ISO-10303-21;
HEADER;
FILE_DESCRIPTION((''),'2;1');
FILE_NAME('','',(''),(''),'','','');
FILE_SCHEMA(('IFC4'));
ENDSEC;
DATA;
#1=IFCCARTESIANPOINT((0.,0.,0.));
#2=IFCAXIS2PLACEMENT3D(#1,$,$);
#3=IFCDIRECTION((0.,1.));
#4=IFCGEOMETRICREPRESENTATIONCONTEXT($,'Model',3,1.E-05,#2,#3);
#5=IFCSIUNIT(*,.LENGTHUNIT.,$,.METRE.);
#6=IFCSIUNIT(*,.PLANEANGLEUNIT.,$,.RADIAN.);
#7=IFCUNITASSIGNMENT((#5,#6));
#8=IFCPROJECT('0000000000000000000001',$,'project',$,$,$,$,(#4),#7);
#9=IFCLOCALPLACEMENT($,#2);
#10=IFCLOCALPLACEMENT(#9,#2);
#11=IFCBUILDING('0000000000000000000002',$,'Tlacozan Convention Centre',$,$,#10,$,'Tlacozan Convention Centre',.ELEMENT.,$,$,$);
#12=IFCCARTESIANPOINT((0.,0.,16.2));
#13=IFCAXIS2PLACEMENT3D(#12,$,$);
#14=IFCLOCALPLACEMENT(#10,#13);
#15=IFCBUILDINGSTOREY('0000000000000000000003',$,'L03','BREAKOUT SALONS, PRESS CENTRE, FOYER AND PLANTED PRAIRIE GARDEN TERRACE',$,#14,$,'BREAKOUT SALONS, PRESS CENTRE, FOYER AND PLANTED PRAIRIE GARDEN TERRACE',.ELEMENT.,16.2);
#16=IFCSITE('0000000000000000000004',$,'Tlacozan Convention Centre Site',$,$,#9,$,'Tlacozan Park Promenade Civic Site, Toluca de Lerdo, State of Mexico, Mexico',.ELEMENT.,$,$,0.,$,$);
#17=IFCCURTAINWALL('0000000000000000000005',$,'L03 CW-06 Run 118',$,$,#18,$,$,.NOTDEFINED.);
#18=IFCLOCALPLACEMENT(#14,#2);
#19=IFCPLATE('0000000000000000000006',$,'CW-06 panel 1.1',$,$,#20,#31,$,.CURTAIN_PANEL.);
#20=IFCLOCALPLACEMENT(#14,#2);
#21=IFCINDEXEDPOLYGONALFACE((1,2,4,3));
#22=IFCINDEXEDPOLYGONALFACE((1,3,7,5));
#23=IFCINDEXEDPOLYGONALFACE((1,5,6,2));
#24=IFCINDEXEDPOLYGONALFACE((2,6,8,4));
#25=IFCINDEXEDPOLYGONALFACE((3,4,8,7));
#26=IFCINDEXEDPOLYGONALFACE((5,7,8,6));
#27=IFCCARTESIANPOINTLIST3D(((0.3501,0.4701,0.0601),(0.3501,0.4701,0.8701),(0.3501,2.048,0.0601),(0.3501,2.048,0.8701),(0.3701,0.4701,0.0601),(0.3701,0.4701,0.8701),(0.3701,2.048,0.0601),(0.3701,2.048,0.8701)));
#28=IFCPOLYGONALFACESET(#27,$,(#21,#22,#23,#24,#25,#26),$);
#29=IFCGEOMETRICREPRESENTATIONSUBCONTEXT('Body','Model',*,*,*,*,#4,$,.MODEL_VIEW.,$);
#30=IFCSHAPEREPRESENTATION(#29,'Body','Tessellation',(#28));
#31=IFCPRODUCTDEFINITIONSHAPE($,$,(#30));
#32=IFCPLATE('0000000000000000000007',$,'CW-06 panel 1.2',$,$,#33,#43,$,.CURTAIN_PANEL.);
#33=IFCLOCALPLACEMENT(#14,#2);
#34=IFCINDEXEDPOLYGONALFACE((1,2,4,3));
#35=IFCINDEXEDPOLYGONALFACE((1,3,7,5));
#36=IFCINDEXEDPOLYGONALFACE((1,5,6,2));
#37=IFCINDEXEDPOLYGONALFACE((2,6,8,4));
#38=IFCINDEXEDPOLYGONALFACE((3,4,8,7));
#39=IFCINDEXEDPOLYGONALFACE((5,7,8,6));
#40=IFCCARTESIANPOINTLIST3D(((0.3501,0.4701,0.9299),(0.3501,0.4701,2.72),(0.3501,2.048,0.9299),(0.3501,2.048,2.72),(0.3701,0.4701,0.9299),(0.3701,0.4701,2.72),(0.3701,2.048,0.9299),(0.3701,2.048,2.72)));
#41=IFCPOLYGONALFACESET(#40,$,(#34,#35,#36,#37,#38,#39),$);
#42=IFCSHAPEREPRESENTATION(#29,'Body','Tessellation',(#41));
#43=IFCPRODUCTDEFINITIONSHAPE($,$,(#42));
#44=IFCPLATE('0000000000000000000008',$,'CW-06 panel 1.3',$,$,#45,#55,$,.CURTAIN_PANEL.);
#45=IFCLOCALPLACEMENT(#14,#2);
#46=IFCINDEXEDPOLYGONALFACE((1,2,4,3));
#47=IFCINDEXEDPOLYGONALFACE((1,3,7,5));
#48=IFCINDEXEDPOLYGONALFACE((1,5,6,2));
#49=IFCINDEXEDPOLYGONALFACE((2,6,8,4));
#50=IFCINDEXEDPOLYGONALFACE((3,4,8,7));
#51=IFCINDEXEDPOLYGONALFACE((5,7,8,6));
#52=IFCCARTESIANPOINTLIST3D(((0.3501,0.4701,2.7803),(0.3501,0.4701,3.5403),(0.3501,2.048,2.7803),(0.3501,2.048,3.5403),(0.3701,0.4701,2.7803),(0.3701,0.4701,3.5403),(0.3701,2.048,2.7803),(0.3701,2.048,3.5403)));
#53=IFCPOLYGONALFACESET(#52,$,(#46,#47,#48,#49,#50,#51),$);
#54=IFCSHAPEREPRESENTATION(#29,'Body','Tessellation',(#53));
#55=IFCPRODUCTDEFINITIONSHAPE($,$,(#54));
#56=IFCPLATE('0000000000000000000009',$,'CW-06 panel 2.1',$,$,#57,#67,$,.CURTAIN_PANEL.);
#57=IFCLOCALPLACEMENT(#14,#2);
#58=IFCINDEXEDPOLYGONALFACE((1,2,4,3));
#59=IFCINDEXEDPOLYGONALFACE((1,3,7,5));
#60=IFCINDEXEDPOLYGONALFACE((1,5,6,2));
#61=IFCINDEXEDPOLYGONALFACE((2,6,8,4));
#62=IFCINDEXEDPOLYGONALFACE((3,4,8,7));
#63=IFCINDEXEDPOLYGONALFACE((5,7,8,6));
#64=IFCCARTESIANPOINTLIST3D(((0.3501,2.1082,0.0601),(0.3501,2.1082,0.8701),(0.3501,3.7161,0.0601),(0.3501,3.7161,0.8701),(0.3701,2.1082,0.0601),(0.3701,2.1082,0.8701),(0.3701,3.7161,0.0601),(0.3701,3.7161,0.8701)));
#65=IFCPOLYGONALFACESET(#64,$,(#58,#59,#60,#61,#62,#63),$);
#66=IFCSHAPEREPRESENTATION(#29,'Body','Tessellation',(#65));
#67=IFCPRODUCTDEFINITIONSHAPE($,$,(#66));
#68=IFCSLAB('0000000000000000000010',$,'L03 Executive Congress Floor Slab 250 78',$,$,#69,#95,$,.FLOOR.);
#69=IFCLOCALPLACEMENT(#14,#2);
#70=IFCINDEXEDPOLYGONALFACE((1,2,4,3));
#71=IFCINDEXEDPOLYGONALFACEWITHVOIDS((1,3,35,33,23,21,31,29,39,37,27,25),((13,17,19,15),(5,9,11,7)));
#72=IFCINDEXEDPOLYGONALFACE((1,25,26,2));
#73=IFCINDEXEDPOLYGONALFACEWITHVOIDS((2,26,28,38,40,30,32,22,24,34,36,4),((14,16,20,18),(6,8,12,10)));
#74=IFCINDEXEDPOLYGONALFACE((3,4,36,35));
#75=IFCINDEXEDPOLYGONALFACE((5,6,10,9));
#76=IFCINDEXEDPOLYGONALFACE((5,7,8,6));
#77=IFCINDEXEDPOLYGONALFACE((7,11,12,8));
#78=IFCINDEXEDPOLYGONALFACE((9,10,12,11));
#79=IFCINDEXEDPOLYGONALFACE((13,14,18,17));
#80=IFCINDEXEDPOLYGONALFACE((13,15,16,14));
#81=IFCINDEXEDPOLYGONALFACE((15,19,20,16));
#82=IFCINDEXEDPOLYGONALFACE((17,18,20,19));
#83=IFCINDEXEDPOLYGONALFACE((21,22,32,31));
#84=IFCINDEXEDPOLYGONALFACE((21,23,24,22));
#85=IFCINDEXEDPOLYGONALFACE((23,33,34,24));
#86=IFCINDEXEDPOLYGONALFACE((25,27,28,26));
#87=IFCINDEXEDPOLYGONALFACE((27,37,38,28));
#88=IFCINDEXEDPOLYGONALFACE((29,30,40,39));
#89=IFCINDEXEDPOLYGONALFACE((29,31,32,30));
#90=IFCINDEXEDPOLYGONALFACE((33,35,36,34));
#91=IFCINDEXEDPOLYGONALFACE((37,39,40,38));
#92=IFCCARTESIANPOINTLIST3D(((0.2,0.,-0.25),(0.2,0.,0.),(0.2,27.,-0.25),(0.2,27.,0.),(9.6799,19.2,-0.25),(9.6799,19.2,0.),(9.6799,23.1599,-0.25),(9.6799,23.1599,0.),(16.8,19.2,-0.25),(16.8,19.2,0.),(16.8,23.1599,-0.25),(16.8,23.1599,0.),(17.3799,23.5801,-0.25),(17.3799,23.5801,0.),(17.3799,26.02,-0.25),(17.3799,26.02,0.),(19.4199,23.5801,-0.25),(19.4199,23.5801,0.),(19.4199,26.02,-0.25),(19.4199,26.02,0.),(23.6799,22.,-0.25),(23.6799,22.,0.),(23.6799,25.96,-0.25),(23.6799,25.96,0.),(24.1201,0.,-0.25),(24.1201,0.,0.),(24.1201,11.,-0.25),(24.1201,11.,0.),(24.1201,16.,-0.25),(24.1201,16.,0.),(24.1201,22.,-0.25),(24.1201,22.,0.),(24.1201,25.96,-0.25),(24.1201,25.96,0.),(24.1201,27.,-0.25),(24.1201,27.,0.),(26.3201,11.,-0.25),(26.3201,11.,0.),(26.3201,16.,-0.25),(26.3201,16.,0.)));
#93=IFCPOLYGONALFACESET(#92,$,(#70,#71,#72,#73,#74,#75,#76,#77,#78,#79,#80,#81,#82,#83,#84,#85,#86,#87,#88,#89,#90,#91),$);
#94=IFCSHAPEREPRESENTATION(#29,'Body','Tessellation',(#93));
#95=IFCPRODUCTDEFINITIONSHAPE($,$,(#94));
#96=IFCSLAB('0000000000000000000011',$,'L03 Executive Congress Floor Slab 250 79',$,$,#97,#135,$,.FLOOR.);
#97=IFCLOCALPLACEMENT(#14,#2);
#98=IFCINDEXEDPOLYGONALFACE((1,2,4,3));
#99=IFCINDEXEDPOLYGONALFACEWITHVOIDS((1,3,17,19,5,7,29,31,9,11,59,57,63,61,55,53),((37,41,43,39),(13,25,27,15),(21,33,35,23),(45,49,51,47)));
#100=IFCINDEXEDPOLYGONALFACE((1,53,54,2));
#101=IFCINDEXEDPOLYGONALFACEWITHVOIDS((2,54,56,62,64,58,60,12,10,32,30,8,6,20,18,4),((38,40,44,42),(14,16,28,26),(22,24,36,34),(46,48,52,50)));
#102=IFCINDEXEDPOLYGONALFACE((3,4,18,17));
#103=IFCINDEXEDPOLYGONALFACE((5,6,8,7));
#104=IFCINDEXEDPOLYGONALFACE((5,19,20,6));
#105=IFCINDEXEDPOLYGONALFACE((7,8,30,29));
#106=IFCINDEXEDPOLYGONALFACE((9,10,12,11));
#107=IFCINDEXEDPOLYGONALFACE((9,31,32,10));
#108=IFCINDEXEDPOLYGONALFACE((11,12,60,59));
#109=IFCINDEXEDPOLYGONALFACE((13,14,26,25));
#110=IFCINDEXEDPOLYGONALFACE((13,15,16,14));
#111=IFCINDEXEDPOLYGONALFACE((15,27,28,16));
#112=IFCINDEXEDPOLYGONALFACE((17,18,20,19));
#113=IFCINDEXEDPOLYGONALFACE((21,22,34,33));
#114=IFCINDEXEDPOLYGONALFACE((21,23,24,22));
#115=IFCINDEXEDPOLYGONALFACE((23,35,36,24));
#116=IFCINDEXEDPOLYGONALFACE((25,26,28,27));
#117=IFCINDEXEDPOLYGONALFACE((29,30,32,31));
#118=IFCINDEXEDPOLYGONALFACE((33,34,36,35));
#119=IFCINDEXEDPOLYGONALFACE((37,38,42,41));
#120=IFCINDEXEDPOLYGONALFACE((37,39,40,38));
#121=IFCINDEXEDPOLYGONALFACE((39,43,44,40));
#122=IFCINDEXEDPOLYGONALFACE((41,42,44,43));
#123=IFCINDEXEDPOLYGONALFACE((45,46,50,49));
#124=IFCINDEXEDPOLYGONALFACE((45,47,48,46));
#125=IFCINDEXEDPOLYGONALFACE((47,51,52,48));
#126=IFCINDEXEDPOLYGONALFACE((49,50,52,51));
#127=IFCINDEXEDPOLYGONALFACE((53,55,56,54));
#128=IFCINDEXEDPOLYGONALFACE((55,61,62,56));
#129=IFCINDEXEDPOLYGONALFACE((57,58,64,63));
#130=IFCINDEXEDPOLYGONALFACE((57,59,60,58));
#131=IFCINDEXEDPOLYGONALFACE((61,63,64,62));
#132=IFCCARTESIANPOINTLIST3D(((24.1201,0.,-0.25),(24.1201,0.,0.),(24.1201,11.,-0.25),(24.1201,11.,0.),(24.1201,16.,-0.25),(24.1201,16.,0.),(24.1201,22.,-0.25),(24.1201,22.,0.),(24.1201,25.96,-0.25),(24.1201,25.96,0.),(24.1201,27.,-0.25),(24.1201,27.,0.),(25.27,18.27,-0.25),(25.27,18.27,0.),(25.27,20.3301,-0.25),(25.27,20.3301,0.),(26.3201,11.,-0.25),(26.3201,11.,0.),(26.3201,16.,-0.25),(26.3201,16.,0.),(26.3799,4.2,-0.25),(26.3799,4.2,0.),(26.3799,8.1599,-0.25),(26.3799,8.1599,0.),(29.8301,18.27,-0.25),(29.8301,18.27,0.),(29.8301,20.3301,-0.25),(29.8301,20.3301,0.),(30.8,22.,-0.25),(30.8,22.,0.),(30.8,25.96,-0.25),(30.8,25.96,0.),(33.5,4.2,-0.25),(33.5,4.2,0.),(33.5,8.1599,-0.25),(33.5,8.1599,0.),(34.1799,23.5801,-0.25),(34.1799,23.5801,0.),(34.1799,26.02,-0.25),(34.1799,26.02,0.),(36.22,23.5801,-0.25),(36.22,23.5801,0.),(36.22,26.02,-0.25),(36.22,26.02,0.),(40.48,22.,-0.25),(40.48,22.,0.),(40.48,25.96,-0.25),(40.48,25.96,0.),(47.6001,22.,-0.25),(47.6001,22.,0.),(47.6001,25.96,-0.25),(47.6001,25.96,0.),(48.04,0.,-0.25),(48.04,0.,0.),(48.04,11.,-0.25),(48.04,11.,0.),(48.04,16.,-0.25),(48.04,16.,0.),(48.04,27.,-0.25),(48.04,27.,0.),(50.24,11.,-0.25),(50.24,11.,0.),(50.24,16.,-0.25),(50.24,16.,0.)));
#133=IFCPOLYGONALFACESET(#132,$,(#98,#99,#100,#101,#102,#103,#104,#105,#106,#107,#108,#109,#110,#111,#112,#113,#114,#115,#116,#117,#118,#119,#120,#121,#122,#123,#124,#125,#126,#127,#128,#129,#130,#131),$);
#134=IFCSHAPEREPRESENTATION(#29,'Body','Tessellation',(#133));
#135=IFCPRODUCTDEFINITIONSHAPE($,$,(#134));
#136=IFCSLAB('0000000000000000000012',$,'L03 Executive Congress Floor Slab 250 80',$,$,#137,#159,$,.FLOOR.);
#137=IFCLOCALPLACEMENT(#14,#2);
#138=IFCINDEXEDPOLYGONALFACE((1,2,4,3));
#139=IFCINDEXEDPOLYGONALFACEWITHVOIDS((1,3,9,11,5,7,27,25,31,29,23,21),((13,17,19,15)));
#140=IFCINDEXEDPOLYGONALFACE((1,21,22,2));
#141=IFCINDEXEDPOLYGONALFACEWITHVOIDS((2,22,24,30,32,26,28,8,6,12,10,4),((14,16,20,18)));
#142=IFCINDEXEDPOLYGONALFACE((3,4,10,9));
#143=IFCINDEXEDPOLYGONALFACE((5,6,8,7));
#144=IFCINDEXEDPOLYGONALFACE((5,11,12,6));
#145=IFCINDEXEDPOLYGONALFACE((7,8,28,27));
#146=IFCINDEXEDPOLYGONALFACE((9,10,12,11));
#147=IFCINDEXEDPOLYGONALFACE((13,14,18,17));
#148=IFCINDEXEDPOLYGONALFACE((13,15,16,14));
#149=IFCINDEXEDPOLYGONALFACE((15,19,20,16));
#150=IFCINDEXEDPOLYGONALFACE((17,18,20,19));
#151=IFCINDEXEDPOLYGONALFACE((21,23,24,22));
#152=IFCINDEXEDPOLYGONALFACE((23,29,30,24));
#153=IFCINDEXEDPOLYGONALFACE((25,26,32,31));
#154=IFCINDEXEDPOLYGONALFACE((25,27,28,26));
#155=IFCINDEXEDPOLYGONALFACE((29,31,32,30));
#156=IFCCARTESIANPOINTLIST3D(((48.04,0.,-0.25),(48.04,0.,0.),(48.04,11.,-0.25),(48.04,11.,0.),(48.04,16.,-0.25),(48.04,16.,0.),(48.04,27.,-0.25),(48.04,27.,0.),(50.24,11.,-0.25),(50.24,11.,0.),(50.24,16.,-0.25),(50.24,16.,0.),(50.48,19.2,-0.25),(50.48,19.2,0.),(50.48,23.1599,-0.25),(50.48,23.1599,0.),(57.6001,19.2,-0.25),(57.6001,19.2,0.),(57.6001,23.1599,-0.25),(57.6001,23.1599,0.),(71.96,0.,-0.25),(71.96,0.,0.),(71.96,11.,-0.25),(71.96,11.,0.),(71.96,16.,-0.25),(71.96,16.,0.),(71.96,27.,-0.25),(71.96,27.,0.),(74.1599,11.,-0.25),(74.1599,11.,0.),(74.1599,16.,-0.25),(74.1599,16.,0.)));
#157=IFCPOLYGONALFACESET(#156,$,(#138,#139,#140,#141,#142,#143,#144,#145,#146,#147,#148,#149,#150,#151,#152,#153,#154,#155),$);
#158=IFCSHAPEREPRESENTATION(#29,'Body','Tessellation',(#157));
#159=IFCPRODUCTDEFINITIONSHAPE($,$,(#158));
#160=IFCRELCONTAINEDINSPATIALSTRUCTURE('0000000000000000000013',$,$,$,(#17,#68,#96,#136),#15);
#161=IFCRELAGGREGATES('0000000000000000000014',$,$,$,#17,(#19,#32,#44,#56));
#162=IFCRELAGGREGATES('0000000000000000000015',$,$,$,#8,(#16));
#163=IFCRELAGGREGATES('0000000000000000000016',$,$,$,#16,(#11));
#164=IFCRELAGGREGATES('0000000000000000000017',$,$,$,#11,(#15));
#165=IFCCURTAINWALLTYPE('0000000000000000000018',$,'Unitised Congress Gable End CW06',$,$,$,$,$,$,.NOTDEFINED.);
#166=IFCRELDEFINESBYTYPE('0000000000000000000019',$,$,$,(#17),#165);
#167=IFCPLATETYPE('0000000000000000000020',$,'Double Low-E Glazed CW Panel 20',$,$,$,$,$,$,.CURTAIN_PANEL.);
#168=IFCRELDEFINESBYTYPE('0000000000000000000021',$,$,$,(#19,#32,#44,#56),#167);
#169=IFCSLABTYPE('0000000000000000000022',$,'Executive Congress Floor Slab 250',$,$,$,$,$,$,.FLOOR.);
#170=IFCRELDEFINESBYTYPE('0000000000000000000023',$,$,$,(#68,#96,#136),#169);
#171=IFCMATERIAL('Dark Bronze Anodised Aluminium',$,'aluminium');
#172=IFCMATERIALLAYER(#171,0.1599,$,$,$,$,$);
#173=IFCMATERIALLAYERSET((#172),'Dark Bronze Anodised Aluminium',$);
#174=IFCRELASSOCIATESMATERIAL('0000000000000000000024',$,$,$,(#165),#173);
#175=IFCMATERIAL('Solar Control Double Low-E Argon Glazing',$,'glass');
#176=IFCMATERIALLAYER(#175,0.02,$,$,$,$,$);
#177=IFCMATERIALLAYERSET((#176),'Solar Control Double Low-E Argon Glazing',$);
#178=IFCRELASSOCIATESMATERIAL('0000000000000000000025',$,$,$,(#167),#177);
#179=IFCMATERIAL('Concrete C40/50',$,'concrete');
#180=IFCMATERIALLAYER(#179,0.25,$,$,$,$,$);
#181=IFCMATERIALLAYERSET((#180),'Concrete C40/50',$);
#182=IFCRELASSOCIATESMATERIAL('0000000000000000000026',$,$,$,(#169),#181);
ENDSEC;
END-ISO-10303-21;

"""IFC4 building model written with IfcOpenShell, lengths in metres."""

from ifc_helpers import new_model, si_unit, direction, frame, origin, origin_2d, place, context, subcontext, project, spatial, polyline, rectangle, outline, extrude, material, layer, layer_set, type_object, element, aggregate, save


model = new_model("IFC4")

# Units and contexts
model_context = context("Model", 3, precision=1e-05, world=origin(), true_north=direction((0.0, 1.0)))
body_context = subcontext(model_context, "Body", "Model", "MODEL_VIEW")
ifc_project = project(units=[si_unit("LENGTHUNIT", "METRE"), si_unit("PLANEANGLEUNIT", "RADIAN")], contexts=[model_context])

# Site, building, storey
site_placement = place(None, origin())
site = spatial("IfcSite", under=ifc_project, at=site_placement, Name="Tlacozan Convention Centre Site", LongName="Tlacozan Park Promenade Civic Site, Toluca de Lerdo, State of Mexico, Mexico", CompositionType="ELEMENT", RefElevation=0.0)
building_placement = place(site_placement, origin())
building = spatial("IfcBuilding", under=site, at=building_placement, Name="Tlacozan Convention Centre", LongName="Tlacozan Convention Centre", CompositionType="ELEMENT")
storey_placement = place(building_placement, frame((0.0, 0.0, 16.2)))
storey = spatial("IfcBuildingStorey", under=building, at=storey_placement, Name="L03", Description="BREAKOUT SALONS, PRESS CENTRE, FOYER AND PLANTED PRAIRIE GARDEN TERRACE", LongName="BREAKOUT SALONS, PRESS CENTRE, FOYER AND PLANTED PRAIRIE GARDEN TERRACE", CompositionType="ELEMENT", Elevation=16.2)

# Curtain wall
ifc_material_1 = material(Name="Dark Bronze Anodised Aluminium", Category="aluminium")
ifc_layer_1 = layer(ifc_material_1, 0.1599)
ifc_layer_set_1 = layer_set([ifc_layer_1], Name="Dark Bronze Anodised Aluminium")
curtain_wall_type = type_object("IfcCurtainWallType", Name="Unitised Congress Gable End CW06", PredefinedType="NOTDEFINED", material=ifc_layer_set_1)
curtain_wall_placement = place(storey_placement, origin())
curtain_wall = element("IfcCurtainWall", 1, at=curtain_wall_placement, inside=storey, type_object=curtain_wall_type, Name="L03 CW-06 Run 118", PredefinedType="NOTDEFINED")

# Plates
ifc_material_2 = material(Name="Solar Control Double Low-E Argon Glazing", Category="glass")
ifc_layer_2 = layer(ifc_material_2, 0.02)
ifc_layer_set_2 = layer_set([ifc_layer_2], Name="Solar Control Double Low-E Argon Glazing")
plate_type = type_object("IfcPlateType", Name="Double Low-E Glazed CW Panel 20", PredefinedType="CURTAIN_PANEL", material=ifc_layer_set_2)
plate_1_placement = place(storey_placement, frame((0.3601, 1.259, 0.0601), z_axis=(0.0, 0.0, 1.0), x_axis=(0.0, 1.0, 0.0)))
plate_1 = element("IfcPlate", 2, at=plate_1_placement, type_object=plate_type, Name="CW-06 panel 1.1", PredefinedType="CURTAIN_PANEL", context=body_context, shape_type="SweptSolid", body=[
    extrude(rectangle(XDim=1.5779, YDim=0.02, at=origin_2d()), origin(), (0.0, 0.0, 1.0), 0.8101),
])
plate_2_placement = place(storey_placement, frame((0.3601, 1.259, 0.9299), z_axis=(0.0, 0.0, 1.0), x_axis=(0.0, 1.0, 0.0)))
plate_2 = element("IfcPlate", 3, at=plate_2_placement, type_object=plate_type, Name="CW-06 panel 1.2", PredefinedType="CURTAIN_PANEL", context=body_context, shape_type="SweptSolid", body=[
    extrude(rectangle(XDim=1.5779, YDim=0.02, at=origin_2d()), origin(), (0.0, 0.0, 1.0), 1.79),
])
plate_3_placement = place(storey_placement, frame((0.3601, 1.259, 2.7803), z_axis=(0.0, 0.0, 1.0), x_axis=(0.0, 1.0, 0.0)))
plate_3 = element("IfcPlate", 4, at=plate_3_placement, type_object=plate_type, Name="CW-06 panel 1.3", PredefinedType="CURTAIN_PANEL", context=body_context, shape_type="SweptSolid", body=[
    extrude(rectangle(XDim=1.5779, YDim=0.02, at=origin_2d()), origin(), (0.0, 0.0, 1.0), 0.76),
])
plate_4_placement = place(storey_placement, frame((0.3601, 2.9121, 0.0601), z_axis=(0.0, 0.0, 1.0), x_axis=(0.0, 1.0, 0.0)))
plate_4 = element("IfcPlate", 5, at=plate_4_placement, type_object=plate_type, Name="CW-06 panel 2.1", PredefinedType="CURTAIN_PANEL", context=body_context, shape_type="SweptSolid", body=[
    extrude(rectangle(XDim=1.6079, YDim=0.02, at=origin_2d()), origin(), (0.0, 0.0, 1.0), 0.8101),
])
aggregate(curtain_wall, [plate_1, plate_2, plate_3, plate_4])

# Slabs
ifc_material_3 = material(Name="Concrete C40/50", Category="concrete")
ifc_layer_3 = layer(ifc_material_3, 0.25)
ifc_layer_set_3 = layer_set([ifc_layer_3], Name="Concrete C40/50")
slab_type_1 = type_object("IfcSlabType", Name="Executive Congress Floor Slab 250", PredefinedType="FLOOR", material=ifc_layer_set_3)
slab_1_placement = place(storey_placement, frame((0.0, 0.0, -0.25)))
element("IfcSlab", 6, at=slab_1_placement, inside=storey, type_object=slab_type_1, Name="L03 Executive Congress Floor Slab 250 78", PredefinedType="FLOOR", context=body_context, shape_type="SweptSolid", body=[
    extrude(outline(polyline([(0.2, 0.0), (0.2, 27.0), (24.1201, 27.0), (24.1201, 25.96), (23.6799, 25.96), (23.6799, 22.0), (24.1201, 22.0), (24.1201, 16.0), (26.3201, 16.0), (26.3201, 11.0), (24.1201, 11.0), (24.1201, 0.0), (0.2, 0.0)]), holes=[polyline([(16.8, 19.2), (16.8, 23.1599), (9.6799, 23.1599), (9.6799, 19.2), (16.8, 19.2)]), polyline([(19.4199, 26.02), (17.3799, 26.02), (17.3799, 23.5801), (19.4199, 23.5801), (19.4199, 26.02)])]), origin(), (0.0, 0.0, 1.0), 0.25),
])
slab_2_placement = place(storey_placement, frame((0.0, 0.0, -0.25)))
element("IfcSlab", 7, at=slab_2_placement, inside=storey, type_object=slab_type_1, Name="L03 Executive Congress Floor Slab 250 79", PredefinedType="FLOOR", context=body_context, shape_type="SweptSolid", body=[
    extrude(outline(polyline([(24.1201, 11.0), (26.3201, 11.0), (26.3201, 16.0), (24.1201, 16.0), (24.1201, 22.0), (30.8, 22.0), (30.8, 25.96), (24.1201, 25.96), (24.1201, 27.0), (48.04, 27.0), (48.04, 16.0), (50.24, 16.0), (50.24, 11.0), (48.04, 11.0), (48.04, 0.0), (24.1201, 0.0), (24.1201, 11.0)]), holes=[polyline([(33.5, 4.2), (33.5, 8.1599), (26.3799, 8.1599), (26.3799, 4.2), (33.5, 4.2)]), polyline([(29.8301, 20.3301), (25.27, 20.3301), (25.27, 18.27), (29.8301, 18.27), (29.8301, 20.3301)]), polyline([(47.6001, 22.0), (47.6001, 25.96), (40.48, 25.96), (40.48, 22.0), (47.6001, 22.0)]), polyline([(36.22, 26.02), (34.1799, 26.02), (34.1799, 23.5801), (36.22, 23.5801), (36.22, 26.02)])]), origin(), (0.0, 0.0, 1.0), 0.25),
])
slab_3_placement = place(storey_placement, frame((0.0, 0.0, -0.25)))
element("IfcSlab", 8, at=slab_3_placement, inside=storey, type_object=slab_type_1, Name="L03 Executive Congress Floor Slab 250 80", PredefinedType="FLOOR", context=body_context, shape_type="SweptSolid", body=[
    extrude(outline(polyline([(48.04, 11.0), (50.24, 11.0), (50.24, 16.0), (48.04, 16.0), (48.04, 27.0), (71.96, 27.0), (71.96, 16.0), (74.1599, 16.0), (74.1599, 11.0), (71.96, 11.0), (71.96, 0.0), (48.04, 0.0), (48.04, 11.0)]), holes=[polyline([(57.6001, 19.2), (57.6001, 23.1599), (50.48, 23.1599), (50.48, 19.2), (57.6001, 19.2)])]), origin(), (0.0, 0.0, 1.0), 0.25),
])

save(model, "model.ifc")
